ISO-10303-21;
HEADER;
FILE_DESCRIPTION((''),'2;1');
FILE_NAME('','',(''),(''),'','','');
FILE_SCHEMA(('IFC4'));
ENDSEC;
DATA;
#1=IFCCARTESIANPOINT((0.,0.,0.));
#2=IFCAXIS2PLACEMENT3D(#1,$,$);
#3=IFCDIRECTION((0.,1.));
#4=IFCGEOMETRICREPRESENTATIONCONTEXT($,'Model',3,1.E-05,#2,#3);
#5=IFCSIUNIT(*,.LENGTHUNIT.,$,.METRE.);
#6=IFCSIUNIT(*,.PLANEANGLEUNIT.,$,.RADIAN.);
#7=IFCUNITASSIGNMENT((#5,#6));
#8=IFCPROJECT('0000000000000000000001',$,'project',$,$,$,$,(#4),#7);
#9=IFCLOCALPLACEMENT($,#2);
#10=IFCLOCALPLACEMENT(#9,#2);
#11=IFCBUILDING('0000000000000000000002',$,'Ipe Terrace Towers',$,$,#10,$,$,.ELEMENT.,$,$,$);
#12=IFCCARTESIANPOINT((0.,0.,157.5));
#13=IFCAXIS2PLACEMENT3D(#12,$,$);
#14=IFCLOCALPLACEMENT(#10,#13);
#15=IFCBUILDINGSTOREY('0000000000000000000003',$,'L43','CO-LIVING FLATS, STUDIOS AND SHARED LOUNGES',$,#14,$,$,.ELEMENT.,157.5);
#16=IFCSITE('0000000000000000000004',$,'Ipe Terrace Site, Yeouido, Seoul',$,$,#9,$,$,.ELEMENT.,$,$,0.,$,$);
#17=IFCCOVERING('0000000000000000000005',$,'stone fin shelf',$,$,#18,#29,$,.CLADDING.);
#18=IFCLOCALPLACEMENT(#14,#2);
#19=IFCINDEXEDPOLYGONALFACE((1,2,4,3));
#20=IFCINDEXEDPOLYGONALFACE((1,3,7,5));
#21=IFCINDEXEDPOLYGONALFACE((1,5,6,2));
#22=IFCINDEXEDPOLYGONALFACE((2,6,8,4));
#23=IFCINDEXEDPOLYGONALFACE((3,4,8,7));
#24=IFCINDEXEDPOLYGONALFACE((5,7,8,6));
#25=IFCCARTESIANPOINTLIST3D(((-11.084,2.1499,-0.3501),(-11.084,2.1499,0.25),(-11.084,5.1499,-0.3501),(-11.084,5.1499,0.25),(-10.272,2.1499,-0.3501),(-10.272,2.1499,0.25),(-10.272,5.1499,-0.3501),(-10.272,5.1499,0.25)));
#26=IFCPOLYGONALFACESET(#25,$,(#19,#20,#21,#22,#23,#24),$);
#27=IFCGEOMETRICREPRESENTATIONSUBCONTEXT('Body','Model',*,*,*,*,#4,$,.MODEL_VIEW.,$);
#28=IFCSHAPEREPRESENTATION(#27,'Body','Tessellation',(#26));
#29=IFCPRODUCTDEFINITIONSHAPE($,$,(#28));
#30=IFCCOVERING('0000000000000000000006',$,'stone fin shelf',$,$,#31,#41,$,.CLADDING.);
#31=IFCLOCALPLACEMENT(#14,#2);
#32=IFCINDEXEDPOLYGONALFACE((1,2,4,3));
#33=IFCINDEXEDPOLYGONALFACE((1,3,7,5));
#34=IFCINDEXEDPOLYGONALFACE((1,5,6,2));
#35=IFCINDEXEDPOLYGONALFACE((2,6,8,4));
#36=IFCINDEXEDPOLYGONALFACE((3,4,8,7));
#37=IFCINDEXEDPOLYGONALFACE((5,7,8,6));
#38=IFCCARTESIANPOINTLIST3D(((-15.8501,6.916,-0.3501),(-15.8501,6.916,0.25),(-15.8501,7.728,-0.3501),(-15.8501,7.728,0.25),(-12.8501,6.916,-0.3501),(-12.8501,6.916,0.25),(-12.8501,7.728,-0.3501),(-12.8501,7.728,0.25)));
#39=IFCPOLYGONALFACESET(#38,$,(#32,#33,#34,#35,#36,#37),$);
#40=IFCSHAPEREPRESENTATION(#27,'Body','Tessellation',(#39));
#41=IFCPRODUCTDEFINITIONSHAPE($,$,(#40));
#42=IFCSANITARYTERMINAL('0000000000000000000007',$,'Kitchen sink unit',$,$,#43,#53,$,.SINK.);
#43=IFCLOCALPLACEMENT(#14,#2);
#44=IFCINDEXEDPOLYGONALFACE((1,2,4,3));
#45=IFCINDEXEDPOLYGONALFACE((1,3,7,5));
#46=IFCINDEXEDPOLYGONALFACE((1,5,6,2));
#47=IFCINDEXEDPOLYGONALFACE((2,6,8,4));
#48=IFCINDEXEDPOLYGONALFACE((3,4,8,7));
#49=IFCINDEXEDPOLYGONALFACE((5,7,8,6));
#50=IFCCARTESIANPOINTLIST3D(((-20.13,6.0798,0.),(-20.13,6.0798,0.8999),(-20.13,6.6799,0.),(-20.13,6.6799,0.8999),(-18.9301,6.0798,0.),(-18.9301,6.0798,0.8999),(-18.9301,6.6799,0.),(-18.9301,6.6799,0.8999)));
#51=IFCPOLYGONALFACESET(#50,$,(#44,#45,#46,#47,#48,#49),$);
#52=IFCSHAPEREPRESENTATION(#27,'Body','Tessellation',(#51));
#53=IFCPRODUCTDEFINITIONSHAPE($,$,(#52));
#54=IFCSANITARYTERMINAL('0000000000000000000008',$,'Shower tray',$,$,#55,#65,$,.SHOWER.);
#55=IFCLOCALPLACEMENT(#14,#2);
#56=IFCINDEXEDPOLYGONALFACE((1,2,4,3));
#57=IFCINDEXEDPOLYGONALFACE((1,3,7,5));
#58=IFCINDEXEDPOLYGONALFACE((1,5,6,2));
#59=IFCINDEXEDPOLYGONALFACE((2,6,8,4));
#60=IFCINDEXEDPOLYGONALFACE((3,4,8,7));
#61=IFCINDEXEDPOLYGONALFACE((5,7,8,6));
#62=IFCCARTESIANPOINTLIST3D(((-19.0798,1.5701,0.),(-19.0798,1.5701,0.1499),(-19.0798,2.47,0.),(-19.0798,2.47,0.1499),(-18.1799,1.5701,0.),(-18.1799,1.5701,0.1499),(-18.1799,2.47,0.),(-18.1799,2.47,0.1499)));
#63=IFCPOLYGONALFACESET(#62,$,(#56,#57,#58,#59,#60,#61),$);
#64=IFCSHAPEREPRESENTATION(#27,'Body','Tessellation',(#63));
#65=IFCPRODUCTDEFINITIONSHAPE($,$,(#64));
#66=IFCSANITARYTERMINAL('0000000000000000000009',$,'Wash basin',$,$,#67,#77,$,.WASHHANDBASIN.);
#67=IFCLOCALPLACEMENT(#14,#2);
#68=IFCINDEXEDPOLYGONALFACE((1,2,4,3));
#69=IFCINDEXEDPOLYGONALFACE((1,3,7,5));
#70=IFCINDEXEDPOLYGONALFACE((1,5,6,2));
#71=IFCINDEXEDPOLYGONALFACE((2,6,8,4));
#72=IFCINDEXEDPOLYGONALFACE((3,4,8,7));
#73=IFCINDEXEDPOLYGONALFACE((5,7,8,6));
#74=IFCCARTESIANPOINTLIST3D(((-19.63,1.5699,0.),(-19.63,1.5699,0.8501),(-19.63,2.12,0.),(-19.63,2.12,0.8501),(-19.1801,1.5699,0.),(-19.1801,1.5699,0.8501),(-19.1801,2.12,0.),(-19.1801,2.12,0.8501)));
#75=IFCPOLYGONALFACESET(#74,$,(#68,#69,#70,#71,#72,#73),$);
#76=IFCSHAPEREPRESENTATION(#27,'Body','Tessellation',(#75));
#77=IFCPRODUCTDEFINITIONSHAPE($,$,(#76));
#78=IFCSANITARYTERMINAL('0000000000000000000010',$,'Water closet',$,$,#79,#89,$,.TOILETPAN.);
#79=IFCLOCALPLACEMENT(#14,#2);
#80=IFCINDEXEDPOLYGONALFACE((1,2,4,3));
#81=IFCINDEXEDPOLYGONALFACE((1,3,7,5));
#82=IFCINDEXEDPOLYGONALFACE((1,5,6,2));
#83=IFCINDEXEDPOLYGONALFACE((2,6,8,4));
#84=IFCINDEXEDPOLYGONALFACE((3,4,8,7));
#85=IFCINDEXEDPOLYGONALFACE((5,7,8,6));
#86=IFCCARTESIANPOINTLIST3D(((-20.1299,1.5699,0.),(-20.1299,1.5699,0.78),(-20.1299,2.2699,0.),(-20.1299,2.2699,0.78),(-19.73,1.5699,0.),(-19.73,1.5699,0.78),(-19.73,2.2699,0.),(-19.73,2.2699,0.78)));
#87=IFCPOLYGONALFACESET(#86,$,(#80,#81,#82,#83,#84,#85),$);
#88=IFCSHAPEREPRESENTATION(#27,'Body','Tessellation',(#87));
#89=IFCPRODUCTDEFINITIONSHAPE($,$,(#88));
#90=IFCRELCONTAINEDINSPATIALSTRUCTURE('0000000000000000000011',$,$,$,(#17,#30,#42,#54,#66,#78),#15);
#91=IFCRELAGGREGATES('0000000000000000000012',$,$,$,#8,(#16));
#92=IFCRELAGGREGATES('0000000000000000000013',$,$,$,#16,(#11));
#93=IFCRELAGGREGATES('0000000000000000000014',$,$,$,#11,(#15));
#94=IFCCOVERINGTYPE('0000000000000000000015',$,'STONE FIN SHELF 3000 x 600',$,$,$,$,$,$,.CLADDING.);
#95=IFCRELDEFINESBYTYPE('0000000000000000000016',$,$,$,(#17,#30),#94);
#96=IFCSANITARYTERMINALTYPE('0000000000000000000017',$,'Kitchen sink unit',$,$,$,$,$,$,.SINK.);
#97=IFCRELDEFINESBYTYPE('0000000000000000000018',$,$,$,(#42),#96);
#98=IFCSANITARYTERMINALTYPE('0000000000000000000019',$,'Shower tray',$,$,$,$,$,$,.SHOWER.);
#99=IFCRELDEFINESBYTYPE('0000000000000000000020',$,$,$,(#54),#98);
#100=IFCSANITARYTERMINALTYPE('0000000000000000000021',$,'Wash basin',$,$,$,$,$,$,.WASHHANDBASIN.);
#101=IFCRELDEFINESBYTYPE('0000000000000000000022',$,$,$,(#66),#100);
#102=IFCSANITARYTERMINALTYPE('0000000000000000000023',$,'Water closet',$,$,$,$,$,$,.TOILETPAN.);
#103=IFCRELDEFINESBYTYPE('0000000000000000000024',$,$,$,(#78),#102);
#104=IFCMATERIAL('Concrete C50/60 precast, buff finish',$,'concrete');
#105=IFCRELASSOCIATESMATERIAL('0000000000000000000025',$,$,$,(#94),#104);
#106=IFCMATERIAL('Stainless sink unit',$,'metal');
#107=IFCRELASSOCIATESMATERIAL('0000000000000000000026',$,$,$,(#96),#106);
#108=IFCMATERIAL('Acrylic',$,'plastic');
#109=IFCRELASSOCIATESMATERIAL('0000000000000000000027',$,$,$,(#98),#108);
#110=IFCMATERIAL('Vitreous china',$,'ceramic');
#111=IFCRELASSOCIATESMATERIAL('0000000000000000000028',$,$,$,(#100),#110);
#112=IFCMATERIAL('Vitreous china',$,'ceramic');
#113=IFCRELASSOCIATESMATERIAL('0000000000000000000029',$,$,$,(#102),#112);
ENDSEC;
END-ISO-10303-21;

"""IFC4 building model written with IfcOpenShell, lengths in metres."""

from ifc_helpers import new_model, si_unit, direction, frame, origin, origin_2d, place, context, subcontext, project, spatial, rectangle, extrude, material, type_object, element, save


model = new_model("IFC4")

# Units and contexts
model_context = context("Model", 3, precision=1e-05, world=origin(), true_north=direction((0.0, 1.0)))
body_context = subcontext(model_context, "Body", "Model", "MODEL_VIEW")
ifc_project = project(units=[si_unit("LENGTHUNIT", "METRE"), si_unit("PLANEANGLEUNIT", "RADIAN")], contexts=[model_context])

# Site, building, storey
site_placement = place(None, origin())
site = spatial("IfcSite", under=ifc_project, at=site_placement, Name="Ipe Terrace Site, Yeouido, Seoul", CompositionType="ELEMENT", RefElevation=0.0)
building_placement = place(site_placement, origin())
building = spatial("IfcBuilding", under=site, at=building_placement, Name="Ipe Terrace Towers", CompositionType="ELEMENT")
storey_placement = place(building_placement, frame((0.0, 0.0, 157.5)))
storey = spatial("IfcBuildingStorey", under=building, at=storey_placement, Name="L43", Description="CO-LIVING FLATS, STUDIOS AND SHARED LOUNGES", CompositionType="ELEMENT", Elevation=157.5)

# Coverings
ifc_material_1 = material(Name="Concrete C50/60 precast, buff finish", Category="concrete")
covering_type_1 = type_object("IfcCoveringType", Name="STONE FIN SHELF 3000 x 600", PredefinedType="CLADDING", material=ifc_material_1)
for number, where, z_axis, x_axis, name in (
    (1, (-10.678, 3.6499, -0.3501), (0.0, 0.0, 1.0), (0.0, 1.0, 0.0), "stone fin shelf"),
    (2, (-14.3501, 7.322, -0.3501), (0.0, 0.0, 1.0), (-1.0, 0.0, 0.0), "stone fin shelf"),
):
    element("IfcCovering", number, at=place(storey_placement, frame(where, z_axis=z_axis, x_axis=x_axis)), inside=storey, type_object=covering_type_1, Name=name, PredefinedType="CLADDING", context=body_context, shape_type="SweptSolid", body=[
        extrude(rectangle(XDim=3.0, YDim=0.812, at=origin_2d()), origin(), (0.0, 0.0, 1.0), 0.6001),
    ])

# Sanitary terminals
ifc_material_2 = material(Name="Stainless sink unit", Category="metal")
sanitary_terminal_type_1 = type_object("IfcSanitaryTerminalType", Name="Kitchen sink unit", PredefinedType="SINK", material=ifc_material_2)
sanitary_terminal_1_placement = place(storey_placement, frame((-19.53, 6.3799, 0.0), z_axis=(0.0, 0.0, 1.0), x_axis=(1.0, 0.0, 0.0)))
element("IfcSanitaryTerminal", 3, at=sanitary_terminal_1_placement, inside=storey, type_object=sanitary_terminal_type_1, Name="Kitchen sink unit", PredefinedType="SINK", context=body_context, shape_type="SweptSolid", body=[
    extrude(rectangle(XDim=1.2, YDim=0.6001, at=origin_2d()), origin(), (0.0, 0.0, 1.0), 0.8999),
])
ifc_material_3 = material(Name="Acrylic", Category="plastic")
sanitary_terminal_type_2 = type_object("IfcSanitaryTerminalType", Name="Shower tray", PredefinedType="SHOWER", material=ifc_material_3)
sanitary_terminal_2_placement = place(storey_placement, frame((-18.6299, 2.02, 0.0), z_axis=(0.0, 0.0, 1.0), x_axis=(0.0, 1.0, 0.0)))
element("IfcSanitaryTerminal", 4, at=sanitary_terminal_2_placement, inside=storey, type_object=sanitary_terminal_type_2, Name="Shower tray", PredefinedType="SHOWER", context=body_context, shape_type="SweptSolid", body=[
    extrude(rectangle(XDim=0.8999, YDim=0.8999, at=origin_2d()), origin(), (0.0, 0.0, 1.0), 0.1499),
])
ifc_material_4 = material(Name="Vitreous china", Category="ceramic")
sanitary_terminal_type_3 = type_object("IfcSanitaryTerminalType", Name="Wash basin", PredefinedType="WASHHANDBASIN", material=ifc_material_4)
sanitary_terminal_3_placement = place(storey_placement, frame((-19.405, 1.845, 0.0), z_axis=(0.0, 0.0, 1.0), x_axis=(0.0, 1.0, 0.0)))
element("IfcSanitaryTerminal", 5, at=sanitary_terminal_3_placement, inside=storey, type_object=sanitary_terminal_type_3, Name="Wash basin", PredefinedType="WASHHANDBASIN", context=body_context, shape_type="SweptSolid", body=[
    extrude(rectangle(XDim=0.55, YDim=0.45, at=origin_2d()), origin(), (0.0, 0.0, 1.0), 0.8501),
])
ifc_material_5 = material(Name="Vitreous china", Category="ceramic")
sanitary_terminal_type_4 = type_object("IfcSanitaryTerminalType", Name="Water closet", PredefinedType="TOILETPAN", material=ifc_material_5)
sanitary_terminal_4_placement = place(storey_placement, frame((-19.9299, 1.9199, 0.0), z_axis=(0.0, 0.0, 1.0), x_axis=(0.0, 1.0, 0.0)))
element("IfcSanitaryTerminal", 6, at=sanitary_terminal_4_placement, inside=storey, type_object=sanitary_terminal_type_4, Name="Water closet", PredefinedType="TOILETPAN", context=body_context, shape_type="SweptSolid", body=[
    extrude(rectangle(XDim=0.7, YDim=0.3999, at=origin_2d()), origin(), (0.0, 0.0, 1.0), 0.78),
])

save(model, "model.ifc")
